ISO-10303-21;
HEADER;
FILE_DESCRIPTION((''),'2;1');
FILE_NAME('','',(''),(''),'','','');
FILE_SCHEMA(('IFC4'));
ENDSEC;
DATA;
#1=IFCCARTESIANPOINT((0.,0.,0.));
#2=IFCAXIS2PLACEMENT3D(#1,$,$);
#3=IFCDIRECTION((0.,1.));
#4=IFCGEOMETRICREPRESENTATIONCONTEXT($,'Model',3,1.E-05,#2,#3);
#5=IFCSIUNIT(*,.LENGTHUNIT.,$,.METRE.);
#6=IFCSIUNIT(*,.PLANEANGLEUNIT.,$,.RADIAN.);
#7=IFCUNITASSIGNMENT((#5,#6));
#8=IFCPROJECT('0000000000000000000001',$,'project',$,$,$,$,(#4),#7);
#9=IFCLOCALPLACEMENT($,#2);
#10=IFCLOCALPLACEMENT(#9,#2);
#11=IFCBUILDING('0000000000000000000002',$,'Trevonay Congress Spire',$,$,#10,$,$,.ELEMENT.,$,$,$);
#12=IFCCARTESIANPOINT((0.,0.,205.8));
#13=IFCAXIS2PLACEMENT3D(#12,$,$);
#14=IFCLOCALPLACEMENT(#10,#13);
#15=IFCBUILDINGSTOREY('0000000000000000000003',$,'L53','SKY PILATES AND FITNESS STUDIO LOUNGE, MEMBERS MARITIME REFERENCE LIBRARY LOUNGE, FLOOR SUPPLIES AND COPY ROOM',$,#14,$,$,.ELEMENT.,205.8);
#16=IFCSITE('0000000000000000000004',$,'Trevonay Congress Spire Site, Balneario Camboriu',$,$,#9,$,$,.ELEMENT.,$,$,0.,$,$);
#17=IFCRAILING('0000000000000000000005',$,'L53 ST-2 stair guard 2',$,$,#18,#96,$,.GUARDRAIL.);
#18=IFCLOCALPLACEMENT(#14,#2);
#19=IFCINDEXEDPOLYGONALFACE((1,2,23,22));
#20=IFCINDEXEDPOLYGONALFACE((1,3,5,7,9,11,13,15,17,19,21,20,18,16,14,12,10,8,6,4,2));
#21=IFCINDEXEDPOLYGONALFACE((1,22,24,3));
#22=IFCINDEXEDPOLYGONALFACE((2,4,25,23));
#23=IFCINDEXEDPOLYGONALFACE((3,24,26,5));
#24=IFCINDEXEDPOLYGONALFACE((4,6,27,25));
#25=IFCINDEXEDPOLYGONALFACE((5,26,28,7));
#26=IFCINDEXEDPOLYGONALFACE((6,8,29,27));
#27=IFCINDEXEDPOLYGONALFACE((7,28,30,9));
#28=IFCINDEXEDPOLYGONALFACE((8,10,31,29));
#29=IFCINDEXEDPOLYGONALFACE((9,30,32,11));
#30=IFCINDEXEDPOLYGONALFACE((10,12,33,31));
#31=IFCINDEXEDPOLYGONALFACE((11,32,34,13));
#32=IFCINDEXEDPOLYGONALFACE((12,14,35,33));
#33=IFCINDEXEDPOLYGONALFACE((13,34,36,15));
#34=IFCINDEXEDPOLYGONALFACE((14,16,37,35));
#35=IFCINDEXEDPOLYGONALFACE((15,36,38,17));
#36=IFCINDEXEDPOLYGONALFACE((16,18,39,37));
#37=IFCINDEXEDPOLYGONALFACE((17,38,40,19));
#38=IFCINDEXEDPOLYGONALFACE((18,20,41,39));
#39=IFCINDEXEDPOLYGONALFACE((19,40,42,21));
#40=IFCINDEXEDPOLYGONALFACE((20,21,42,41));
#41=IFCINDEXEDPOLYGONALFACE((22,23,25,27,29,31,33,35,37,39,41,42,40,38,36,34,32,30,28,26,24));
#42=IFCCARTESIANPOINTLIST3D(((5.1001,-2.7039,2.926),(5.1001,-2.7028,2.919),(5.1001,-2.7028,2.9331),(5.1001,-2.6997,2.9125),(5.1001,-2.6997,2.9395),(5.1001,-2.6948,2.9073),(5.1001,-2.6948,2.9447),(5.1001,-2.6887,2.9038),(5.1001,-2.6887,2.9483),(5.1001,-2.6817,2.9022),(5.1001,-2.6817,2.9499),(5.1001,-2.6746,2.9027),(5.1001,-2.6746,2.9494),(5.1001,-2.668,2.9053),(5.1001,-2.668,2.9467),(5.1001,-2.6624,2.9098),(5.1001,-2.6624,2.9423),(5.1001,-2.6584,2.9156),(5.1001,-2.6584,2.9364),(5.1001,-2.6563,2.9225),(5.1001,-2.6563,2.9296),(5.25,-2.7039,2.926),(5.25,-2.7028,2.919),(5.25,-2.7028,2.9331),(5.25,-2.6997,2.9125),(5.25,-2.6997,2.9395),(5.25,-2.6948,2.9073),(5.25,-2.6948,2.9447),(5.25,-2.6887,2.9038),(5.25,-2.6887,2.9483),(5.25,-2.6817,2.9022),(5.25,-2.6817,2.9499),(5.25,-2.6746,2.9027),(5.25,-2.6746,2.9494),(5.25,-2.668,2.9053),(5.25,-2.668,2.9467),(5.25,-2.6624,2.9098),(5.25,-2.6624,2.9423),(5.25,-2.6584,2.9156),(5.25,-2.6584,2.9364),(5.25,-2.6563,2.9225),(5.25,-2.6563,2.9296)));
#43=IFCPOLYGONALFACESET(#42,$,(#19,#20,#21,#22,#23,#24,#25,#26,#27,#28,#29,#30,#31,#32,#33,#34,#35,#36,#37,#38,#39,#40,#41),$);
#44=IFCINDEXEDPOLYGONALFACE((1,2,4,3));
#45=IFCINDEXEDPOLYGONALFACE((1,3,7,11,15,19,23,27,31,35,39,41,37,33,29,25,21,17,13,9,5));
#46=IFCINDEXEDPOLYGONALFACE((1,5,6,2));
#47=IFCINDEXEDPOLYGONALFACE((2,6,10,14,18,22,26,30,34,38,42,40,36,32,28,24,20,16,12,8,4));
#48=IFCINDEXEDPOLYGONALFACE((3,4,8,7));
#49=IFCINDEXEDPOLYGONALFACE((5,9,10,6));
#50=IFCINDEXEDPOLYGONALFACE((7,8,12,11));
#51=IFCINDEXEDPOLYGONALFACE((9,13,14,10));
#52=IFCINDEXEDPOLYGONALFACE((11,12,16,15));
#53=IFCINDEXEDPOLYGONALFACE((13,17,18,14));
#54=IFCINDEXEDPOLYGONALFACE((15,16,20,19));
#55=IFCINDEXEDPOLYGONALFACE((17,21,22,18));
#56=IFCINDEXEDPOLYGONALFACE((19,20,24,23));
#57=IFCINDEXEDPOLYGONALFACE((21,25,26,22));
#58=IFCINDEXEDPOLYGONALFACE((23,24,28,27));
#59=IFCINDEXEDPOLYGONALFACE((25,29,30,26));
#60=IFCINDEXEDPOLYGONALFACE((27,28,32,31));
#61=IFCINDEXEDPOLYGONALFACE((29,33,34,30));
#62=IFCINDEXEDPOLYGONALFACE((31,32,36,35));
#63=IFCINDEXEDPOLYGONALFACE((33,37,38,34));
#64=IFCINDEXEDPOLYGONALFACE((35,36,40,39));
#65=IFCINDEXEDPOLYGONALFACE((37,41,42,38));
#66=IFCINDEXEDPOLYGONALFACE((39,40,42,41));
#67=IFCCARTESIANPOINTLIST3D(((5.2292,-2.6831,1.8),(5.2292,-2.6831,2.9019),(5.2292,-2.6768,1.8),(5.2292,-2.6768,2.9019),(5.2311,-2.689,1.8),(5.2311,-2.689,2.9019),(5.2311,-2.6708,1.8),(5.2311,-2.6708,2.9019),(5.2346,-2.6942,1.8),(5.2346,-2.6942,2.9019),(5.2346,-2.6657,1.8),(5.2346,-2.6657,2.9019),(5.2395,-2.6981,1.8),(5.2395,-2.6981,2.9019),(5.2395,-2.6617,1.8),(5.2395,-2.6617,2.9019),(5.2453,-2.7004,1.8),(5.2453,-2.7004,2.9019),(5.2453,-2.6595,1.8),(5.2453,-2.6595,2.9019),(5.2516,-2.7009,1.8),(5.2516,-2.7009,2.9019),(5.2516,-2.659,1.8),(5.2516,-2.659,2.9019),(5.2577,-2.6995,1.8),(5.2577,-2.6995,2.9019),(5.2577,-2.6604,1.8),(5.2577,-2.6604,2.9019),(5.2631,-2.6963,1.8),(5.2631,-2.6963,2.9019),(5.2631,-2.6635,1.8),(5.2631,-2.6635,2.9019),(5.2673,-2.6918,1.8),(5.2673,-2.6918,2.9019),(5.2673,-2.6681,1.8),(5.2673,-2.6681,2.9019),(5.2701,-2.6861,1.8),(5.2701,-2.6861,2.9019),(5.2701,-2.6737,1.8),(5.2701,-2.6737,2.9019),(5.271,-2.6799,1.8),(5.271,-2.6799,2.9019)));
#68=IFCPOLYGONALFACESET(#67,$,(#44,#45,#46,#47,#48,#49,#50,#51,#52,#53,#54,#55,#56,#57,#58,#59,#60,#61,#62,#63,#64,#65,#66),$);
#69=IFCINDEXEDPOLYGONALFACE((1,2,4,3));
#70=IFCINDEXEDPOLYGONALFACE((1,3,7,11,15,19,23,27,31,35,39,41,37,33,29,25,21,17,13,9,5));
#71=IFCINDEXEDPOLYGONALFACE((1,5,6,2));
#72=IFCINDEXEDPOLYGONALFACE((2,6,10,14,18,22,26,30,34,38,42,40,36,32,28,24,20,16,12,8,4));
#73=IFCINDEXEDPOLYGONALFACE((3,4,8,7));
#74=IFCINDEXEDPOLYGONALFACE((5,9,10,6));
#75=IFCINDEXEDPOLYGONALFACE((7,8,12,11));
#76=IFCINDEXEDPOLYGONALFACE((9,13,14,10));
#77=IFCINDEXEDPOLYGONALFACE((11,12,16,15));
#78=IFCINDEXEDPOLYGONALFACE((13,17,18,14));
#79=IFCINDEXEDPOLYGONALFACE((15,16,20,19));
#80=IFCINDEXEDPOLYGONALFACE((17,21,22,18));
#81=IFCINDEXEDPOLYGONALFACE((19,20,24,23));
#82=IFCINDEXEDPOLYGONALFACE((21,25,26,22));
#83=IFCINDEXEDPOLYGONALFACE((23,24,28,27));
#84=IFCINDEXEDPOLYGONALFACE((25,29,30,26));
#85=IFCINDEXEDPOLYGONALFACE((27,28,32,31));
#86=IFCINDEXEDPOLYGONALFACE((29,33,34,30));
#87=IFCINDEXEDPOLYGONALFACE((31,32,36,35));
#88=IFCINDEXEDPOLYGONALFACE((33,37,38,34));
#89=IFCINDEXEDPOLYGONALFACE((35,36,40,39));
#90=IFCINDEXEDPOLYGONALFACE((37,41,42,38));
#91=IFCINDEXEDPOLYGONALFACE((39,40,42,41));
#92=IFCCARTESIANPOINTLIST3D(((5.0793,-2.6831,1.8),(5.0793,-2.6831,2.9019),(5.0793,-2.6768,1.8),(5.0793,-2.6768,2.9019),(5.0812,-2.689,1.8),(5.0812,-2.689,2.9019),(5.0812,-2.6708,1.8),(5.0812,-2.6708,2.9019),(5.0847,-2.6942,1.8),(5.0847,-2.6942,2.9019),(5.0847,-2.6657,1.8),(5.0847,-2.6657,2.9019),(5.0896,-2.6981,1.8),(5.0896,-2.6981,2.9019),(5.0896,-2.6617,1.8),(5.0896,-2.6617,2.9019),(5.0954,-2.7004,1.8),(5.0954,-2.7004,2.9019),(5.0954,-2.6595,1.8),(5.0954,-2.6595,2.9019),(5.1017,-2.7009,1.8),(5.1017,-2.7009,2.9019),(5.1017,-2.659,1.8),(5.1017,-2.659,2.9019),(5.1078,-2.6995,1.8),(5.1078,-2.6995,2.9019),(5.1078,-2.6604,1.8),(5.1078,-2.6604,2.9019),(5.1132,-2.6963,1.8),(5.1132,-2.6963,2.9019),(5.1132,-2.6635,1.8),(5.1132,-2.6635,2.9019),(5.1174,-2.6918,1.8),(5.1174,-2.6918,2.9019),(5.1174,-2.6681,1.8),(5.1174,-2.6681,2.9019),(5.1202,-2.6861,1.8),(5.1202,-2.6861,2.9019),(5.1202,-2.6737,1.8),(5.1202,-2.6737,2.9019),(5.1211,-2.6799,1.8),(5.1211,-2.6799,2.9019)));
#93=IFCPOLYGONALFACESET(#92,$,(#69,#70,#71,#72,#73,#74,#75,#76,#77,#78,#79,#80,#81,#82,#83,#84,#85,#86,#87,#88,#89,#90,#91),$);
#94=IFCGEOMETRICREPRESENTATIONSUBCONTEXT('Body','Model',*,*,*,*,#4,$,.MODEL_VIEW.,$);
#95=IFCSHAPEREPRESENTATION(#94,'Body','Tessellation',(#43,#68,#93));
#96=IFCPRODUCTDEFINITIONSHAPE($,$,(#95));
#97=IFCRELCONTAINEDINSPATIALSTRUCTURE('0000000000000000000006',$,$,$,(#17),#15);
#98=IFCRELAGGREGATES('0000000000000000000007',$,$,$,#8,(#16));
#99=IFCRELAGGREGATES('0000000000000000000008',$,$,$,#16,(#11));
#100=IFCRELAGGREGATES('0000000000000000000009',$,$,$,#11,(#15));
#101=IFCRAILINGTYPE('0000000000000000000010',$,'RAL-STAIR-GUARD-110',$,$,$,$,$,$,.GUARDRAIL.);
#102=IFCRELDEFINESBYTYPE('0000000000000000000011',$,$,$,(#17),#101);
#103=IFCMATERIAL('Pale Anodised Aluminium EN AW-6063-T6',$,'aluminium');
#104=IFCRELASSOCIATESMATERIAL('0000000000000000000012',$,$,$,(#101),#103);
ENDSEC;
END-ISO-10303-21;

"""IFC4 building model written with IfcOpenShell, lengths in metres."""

from ifc_helpers import new_model, si_unit, direction, frame, origin, origin_2d, place, context, subcontext, project, spatial, circle, extrude, material, type_object, element, save


model = new_model("IFC4")

# Units and contexts
model_context = context("Model", 3, precision=1e-05, world=origin(), true_north=direction((0.0, 1.0)))
body_context = subcontext(model_context, "Body", "Model", "MODEL_VIEW")
ifc_project = project(units=[si_unit("LENGTHUNIT", "METRE"), si_unit("PLANEANGLEUNIT", "RADIAN")], contexts=[model_context])

# Site, building, storey
site_placement = place(None, origin())
site = spatial("IfcSite", under=ifc_project, at=site_placement, Name="Trevonay Congress Spire Site, Balneario Camboriu", CompositionType="ELEMENT", RefElevation=0.0)
building_placement = place(site_placement, origin())
building = spatial("IfcBuilding", under=site, at=building_placement, Name="Trevonay Congress Spire", CompositionType="ELEMENT")
storey_placement = place(building_placement, frame((0.0, 0.0, 205.8)))
storey = spatial("IfcBuildingStorey", under=building, at=storey_placement, Name="L53", Description="SKY PILATES AND FITNESS STUDIO LOUNGE, MEMBERS MARITIME REFERENCE LIBRARY LOUNGE, FLOOR SUPPLIES AND COPY ROOM", CompositionType="ELEMENT", Elevation=205.8)

# Railing
ifc_material_1 = material(Name="Pale Anodised Aluminium EN AW-6063-T6", Category="aluminium")
railing_type_1 = type_object("IfcRailingType", Name="RAL-STAIR-GUARD-110", PredefinedType="GUARDRAIL", material=ifc_material_1)
railing_1_placement = place(storey_placement, frame((5.25, -2.6799, 1.8)))
element("IfcRailing", 1, at=railing_1_placement, inside=storey, type_object=railing_type_1, Name="L53 ST-2 stair guard 2", PredefinedType="GUARDRAIL", context=body_context, shape_type="SweptSolid", body=[
    extrude(circle(Radius=0.0239, at=origin_2d()), frame((0.0, 0.0, 1.126), z_axis=(-1.0, 0.0, 0.0), x_axis=(0.0, -1.0, 0.0)), (0.0, 0.0, 1.0), 0.1499),
    extrude(circle(Radius=0.021, at=origin_2d()), origin(), (0.0, 0.0, 1.0), 1.1018),
    extrude(circle(Radius=0.021, at=origin_2d()), frame((-0.1499, 0.0, 0.0)), (0.0, 0.0, 1.0), 1.1018),
])

save(model, "model.ifc")
